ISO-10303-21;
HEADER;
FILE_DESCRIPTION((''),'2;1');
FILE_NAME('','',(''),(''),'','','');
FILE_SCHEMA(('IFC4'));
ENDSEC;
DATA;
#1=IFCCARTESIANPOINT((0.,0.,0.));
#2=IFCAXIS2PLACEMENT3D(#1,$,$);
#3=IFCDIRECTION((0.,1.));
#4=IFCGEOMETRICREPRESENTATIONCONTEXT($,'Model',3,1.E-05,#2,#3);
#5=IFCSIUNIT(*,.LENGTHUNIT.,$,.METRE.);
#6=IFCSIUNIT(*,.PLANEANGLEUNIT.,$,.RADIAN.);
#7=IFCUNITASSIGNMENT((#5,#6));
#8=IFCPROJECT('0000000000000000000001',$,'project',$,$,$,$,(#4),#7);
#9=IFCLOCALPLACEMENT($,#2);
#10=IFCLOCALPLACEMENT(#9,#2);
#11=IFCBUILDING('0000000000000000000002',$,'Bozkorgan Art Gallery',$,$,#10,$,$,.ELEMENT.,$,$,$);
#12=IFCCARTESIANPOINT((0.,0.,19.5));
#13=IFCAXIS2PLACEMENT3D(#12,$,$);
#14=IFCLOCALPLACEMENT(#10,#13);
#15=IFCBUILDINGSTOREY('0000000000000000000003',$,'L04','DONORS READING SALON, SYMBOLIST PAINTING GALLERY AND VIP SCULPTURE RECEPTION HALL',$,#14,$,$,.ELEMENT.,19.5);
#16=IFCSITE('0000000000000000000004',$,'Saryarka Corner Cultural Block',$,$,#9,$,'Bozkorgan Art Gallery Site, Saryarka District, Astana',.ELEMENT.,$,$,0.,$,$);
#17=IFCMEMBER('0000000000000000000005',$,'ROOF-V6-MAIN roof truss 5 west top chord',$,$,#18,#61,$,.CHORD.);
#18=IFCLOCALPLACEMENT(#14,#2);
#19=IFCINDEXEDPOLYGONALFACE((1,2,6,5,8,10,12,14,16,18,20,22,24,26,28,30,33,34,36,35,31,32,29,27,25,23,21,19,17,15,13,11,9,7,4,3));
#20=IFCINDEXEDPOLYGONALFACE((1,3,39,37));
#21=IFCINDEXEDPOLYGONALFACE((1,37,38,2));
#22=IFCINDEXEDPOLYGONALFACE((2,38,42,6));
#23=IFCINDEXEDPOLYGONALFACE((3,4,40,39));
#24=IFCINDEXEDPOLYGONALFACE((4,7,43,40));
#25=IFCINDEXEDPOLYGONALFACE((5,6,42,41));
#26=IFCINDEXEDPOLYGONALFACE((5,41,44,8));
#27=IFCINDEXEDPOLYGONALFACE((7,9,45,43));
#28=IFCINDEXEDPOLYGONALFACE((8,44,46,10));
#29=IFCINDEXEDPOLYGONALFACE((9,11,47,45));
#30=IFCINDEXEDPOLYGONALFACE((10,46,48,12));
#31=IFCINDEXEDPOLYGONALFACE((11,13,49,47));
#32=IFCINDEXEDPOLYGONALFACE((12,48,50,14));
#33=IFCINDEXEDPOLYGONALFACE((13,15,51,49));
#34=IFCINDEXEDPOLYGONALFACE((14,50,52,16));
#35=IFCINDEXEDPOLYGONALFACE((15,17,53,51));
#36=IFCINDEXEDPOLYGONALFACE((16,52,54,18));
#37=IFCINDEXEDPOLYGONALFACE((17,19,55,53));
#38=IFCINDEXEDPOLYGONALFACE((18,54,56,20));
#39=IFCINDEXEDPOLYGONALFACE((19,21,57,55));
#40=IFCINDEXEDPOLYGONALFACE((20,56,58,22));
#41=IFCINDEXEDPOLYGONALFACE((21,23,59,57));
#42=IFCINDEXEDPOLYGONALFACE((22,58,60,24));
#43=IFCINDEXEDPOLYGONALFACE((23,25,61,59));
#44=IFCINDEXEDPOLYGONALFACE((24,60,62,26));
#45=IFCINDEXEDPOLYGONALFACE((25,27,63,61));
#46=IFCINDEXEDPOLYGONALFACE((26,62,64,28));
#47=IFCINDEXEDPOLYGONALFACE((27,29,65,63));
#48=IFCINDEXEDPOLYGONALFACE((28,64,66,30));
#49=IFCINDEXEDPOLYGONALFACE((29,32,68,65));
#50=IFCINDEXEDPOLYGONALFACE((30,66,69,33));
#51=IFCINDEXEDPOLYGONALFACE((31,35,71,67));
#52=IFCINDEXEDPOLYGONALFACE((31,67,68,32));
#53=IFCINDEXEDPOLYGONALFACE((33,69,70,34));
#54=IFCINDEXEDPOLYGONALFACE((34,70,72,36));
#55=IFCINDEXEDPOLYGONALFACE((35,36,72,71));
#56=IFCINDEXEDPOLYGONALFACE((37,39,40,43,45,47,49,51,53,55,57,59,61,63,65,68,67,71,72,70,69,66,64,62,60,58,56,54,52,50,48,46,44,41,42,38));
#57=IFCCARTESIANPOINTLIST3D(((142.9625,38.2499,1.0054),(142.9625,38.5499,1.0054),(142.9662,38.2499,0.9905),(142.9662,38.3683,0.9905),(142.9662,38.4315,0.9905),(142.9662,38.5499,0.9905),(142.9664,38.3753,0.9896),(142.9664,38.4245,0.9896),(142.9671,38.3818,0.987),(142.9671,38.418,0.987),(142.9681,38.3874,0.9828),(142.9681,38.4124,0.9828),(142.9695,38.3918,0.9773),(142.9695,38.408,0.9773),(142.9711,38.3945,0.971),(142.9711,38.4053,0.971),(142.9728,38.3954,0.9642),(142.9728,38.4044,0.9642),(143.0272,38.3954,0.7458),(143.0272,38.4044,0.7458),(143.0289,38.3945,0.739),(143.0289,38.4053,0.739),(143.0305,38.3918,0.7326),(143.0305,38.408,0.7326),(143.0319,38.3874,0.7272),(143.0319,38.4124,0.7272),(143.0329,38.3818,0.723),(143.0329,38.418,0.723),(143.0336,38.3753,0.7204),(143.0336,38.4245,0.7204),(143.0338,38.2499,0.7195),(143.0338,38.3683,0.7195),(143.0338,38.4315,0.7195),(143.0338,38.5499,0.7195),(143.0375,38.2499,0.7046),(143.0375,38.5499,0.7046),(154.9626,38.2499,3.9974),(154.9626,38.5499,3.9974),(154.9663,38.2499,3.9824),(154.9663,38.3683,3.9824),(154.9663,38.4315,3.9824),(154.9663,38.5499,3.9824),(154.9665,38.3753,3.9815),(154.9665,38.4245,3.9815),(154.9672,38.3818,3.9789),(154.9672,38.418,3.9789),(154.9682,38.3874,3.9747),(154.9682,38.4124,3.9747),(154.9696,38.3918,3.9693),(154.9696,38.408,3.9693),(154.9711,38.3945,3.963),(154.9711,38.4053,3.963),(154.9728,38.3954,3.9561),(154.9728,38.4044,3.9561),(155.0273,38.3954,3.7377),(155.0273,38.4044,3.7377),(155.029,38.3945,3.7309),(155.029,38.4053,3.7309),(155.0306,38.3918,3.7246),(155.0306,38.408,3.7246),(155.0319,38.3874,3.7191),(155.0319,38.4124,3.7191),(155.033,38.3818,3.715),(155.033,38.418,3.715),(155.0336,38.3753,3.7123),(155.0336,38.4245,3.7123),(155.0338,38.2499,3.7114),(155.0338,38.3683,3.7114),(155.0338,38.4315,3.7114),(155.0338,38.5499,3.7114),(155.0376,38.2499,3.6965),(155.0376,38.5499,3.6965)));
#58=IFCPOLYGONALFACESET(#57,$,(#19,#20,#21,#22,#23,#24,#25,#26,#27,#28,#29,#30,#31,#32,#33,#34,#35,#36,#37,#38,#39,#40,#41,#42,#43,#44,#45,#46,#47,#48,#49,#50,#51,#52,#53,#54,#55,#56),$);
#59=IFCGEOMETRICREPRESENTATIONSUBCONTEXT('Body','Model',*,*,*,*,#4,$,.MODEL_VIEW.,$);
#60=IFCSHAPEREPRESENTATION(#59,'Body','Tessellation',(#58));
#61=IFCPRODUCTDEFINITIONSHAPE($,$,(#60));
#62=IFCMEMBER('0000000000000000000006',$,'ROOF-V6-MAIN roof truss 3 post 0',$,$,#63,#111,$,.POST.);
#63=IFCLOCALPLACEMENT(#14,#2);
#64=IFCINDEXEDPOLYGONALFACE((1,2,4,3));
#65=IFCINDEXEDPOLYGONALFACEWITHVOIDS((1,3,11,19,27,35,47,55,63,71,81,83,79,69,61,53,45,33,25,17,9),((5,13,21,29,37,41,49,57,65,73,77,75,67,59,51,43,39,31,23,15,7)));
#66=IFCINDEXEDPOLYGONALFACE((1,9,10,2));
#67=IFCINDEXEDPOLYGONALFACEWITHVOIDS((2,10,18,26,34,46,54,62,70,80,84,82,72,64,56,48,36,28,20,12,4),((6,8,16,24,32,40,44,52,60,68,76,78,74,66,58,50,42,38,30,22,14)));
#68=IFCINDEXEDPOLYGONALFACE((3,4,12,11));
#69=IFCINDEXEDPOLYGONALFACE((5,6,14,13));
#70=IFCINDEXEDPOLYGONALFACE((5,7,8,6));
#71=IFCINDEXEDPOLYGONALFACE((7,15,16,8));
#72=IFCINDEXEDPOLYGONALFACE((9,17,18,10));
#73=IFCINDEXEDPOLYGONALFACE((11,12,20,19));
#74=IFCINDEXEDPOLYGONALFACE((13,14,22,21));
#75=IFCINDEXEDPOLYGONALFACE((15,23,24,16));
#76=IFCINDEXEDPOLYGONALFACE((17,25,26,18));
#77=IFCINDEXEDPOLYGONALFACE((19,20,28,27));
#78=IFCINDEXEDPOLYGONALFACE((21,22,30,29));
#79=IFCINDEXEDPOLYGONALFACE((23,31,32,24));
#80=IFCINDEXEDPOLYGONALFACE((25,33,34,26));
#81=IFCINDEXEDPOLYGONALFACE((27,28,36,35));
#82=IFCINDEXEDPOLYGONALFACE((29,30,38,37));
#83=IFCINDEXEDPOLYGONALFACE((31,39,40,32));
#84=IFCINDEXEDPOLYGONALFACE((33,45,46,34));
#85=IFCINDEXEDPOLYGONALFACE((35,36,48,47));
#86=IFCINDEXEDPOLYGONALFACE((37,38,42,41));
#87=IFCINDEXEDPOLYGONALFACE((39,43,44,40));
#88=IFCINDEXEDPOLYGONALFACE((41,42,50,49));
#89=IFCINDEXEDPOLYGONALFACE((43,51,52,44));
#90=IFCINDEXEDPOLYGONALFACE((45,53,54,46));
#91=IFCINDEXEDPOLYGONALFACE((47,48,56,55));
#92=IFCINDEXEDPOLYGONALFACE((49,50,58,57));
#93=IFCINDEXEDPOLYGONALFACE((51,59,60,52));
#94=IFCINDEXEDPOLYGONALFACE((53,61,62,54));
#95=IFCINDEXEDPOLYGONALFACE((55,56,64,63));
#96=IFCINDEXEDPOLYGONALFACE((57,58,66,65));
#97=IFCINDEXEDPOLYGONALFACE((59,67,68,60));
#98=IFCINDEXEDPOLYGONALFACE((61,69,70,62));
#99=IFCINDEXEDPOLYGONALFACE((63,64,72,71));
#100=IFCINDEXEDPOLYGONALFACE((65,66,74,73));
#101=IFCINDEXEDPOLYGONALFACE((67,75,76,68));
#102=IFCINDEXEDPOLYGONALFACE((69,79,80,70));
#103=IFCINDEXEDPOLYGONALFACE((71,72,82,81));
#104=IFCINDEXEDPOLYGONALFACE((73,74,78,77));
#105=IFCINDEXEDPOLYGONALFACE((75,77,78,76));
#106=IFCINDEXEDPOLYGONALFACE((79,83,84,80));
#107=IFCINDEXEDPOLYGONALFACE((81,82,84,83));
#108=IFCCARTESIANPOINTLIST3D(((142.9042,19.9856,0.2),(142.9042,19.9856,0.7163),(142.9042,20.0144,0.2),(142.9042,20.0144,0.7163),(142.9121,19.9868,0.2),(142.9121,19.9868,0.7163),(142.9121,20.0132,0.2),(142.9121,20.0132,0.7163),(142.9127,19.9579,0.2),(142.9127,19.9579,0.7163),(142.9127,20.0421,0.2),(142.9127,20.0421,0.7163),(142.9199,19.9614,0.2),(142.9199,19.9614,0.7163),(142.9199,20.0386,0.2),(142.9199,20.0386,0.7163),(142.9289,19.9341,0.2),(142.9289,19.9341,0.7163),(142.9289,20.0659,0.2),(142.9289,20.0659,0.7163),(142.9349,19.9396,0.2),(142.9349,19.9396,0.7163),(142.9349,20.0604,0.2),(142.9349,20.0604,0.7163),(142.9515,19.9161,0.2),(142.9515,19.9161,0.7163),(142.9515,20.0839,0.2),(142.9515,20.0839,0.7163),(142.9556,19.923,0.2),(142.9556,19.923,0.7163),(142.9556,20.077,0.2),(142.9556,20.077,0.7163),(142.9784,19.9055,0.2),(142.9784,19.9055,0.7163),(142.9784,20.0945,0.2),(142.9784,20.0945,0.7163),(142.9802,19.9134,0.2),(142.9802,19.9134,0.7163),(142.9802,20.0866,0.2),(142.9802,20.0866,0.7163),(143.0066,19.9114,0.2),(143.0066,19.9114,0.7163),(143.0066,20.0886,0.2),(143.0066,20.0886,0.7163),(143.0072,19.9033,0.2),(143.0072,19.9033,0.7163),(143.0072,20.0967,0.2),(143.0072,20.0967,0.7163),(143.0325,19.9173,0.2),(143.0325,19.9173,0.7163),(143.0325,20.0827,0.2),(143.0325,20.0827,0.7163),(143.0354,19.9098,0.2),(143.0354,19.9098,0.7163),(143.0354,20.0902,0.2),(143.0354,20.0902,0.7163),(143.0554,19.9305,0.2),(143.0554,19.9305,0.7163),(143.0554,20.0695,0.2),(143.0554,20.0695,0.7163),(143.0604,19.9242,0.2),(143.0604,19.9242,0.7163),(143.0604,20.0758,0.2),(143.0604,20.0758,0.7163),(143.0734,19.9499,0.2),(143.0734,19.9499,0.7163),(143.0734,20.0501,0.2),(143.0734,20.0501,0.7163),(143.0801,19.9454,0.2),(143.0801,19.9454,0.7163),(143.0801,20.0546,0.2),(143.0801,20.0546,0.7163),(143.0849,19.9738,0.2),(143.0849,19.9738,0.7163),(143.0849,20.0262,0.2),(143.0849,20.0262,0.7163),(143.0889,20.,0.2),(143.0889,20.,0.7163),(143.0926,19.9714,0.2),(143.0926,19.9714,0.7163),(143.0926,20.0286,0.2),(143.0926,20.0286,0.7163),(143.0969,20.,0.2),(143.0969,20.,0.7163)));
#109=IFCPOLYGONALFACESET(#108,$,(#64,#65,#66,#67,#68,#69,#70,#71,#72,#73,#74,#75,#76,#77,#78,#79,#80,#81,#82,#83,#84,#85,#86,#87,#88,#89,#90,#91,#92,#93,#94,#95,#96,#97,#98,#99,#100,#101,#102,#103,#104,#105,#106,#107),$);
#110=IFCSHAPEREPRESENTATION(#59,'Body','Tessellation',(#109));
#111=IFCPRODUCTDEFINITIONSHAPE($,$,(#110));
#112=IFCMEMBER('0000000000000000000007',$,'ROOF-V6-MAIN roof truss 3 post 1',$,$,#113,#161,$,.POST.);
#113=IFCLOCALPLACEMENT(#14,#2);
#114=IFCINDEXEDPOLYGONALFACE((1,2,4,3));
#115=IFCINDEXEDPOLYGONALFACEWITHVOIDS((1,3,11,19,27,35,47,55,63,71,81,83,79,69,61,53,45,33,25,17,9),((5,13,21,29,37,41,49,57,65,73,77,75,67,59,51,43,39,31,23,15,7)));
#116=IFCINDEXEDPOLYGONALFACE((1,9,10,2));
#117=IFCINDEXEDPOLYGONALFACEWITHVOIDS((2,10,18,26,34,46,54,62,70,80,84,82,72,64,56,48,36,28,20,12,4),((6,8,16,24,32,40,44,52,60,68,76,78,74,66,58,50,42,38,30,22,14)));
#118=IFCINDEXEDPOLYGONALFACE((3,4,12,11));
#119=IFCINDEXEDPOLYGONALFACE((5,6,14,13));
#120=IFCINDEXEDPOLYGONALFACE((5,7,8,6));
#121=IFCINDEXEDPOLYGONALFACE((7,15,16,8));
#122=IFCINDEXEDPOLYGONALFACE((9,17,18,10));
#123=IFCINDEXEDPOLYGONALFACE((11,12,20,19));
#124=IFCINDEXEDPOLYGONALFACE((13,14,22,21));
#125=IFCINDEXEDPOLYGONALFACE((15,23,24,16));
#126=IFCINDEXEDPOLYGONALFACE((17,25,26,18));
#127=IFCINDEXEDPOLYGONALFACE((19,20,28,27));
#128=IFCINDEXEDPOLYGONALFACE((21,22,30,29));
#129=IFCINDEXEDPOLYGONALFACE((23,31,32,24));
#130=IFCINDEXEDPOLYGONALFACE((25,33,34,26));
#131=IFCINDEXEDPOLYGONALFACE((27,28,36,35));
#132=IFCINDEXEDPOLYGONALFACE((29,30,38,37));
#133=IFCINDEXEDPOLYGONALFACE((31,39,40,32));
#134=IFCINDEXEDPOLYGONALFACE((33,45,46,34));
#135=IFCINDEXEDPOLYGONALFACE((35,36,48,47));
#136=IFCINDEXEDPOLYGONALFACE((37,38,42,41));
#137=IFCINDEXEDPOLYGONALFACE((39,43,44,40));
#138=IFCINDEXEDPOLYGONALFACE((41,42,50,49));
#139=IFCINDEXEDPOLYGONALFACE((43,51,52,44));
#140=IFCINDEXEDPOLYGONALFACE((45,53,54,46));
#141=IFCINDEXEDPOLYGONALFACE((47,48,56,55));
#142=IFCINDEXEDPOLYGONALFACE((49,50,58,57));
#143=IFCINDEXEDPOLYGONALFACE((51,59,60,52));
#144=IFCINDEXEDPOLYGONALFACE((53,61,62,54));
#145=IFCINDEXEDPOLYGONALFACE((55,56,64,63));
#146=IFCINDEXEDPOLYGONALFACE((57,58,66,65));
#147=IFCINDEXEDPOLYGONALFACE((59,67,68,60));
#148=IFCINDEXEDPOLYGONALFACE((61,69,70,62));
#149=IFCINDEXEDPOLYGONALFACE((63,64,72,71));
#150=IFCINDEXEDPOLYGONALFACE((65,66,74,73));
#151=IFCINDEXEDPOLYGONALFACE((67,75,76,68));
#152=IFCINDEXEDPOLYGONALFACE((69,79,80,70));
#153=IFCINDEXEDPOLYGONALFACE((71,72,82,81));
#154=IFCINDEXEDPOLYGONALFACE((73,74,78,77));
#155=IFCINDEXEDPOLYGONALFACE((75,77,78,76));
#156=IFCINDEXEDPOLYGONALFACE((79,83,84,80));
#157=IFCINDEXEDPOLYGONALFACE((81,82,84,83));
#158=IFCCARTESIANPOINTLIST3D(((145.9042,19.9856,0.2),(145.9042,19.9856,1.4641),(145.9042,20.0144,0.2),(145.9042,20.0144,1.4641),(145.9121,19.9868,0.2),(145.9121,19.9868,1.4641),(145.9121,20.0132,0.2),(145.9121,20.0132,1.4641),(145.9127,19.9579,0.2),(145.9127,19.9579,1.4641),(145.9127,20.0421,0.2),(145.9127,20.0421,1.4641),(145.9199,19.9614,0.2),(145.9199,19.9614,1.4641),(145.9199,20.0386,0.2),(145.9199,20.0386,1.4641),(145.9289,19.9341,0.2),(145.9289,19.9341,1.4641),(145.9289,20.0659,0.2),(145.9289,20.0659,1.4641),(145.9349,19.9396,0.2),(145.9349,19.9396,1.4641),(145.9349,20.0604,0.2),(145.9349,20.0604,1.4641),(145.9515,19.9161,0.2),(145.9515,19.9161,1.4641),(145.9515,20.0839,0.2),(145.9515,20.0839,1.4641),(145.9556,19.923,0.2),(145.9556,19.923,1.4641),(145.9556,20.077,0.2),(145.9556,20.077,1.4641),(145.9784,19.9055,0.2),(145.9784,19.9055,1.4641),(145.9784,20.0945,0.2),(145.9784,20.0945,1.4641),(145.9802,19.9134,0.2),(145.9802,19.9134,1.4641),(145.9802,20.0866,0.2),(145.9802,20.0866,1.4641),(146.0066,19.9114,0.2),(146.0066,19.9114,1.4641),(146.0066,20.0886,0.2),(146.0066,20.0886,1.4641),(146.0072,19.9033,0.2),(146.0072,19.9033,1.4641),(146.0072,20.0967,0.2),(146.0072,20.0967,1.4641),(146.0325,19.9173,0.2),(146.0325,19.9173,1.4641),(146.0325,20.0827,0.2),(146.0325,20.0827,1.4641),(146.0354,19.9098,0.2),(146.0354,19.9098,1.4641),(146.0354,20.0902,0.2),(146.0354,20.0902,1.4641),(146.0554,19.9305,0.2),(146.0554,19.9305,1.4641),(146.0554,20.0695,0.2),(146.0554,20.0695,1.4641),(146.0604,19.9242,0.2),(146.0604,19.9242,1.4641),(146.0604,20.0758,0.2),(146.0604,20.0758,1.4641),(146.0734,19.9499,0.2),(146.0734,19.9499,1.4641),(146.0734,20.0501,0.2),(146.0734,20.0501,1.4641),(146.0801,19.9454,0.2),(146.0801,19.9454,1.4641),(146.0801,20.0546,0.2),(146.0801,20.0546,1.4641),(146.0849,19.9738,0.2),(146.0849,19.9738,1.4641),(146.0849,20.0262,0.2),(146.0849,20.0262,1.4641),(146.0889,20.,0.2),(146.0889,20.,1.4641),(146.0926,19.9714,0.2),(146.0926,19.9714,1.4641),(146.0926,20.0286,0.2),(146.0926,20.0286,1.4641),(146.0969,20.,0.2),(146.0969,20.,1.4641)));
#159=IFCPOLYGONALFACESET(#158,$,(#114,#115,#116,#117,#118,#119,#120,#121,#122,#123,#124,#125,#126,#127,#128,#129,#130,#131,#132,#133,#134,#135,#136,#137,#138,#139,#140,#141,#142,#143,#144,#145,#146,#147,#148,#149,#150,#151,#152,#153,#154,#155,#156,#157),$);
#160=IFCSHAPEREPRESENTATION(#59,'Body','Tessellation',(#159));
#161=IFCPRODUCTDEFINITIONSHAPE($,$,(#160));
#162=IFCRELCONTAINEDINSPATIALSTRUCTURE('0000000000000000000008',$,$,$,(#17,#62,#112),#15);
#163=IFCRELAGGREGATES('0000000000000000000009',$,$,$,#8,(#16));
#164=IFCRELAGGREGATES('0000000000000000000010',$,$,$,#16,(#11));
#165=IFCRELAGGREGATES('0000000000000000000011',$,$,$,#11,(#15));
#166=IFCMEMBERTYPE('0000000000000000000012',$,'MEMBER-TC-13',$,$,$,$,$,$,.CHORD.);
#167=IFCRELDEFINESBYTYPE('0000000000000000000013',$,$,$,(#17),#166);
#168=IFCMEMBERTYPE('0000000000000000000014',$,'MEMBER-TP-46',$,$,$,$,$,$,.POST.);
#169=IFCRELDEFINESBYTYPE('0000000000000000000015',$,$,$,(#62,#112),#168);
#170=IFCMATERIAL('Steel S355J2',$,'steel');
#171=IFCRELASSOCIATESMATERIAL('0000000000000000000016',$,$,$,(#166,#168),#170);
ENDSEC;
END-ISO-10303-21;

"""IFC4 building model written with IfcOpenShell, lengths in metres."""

from ifc_helpers import new_model, si_unit, direction, frame, origin, origin_2d, place, context, subcontext, project, spatial, hollow_circle, i_section, extrude, material, material_profile, profile_set, type_object, element, save


model = new_model("IFC4")

# Units and contexts
model_context = context("Model", 3, precision=1e-05, world=origin(), true_north=direction((0.0, 1.0)))
body_context = subcontext(model_context, "Body", "Model", "MODEL_VIEW")
ifc_project = project(units=[si_unit("LENGTHUNIT", "METRE"), si_unit("PLANEANGLEUNIT", "RADIAN")], contexts=[model_context])

# Site, building, storey
site_placement = place(None, origin())
site = spatial("IfcSite", under=ifc_project, at=site_placement, Name="Saryarka Corner Cultural Block", LongName="Bozkorgan Art Gallery Site, Saryarka District, Astana", CompositionType="ELEMENT", RefElevation=0.0)
building_placement = place(site_placement, origin())
building = spatial("IfcBuilding", under=site, at=building_placement, Name="Bozkorgan Art Gallery", CompositionType="ELEMENT")
storey_placement = place(building_placement, frame((0.0, 0.0, 19.5)))
storey = spatial("IfcBuildingStorey", under=building, at=storey_placement, Name="L04", Description="DONORS READING SALON, SYMBOLIST PAINTING GALLERY AND VIP SCULPTURE RECEPTION HALL", CompositionType="ELEMENT", Elevation=19.5)

# Shared definitions
ifc_material_1 = material(Name="Steel S355J2", Category="steel")

# Members
ifc_material_profile_1 = material_profile(ifc_material_1, i_section(OverallWidth=0.3, OverallDepth=0.3101, WebThickness=0.009, FlangeThickness=0.0154, FilletRadius=0.0271, at=origin_2d()), Name="HEA 320")
ifc_profile_set_1 = profile_set([ifc_material_profile_1], Name="Steel S355J2")
member_type_1 = type_object("IfcMemberType", Name="MEMBER-TC-13", PredefinedType="CHORD", material=ifc_profile_set_1)
member_1_placement = place(storey_placement, frame((143.0, 38.3999, 0.855), z_axis=(0.970296, 0.0, 0.241922), x_axis=(0.0, 1.0, 0.0)))
element("IfcMember", 1, at=member_1_placement, inside=storey, type_object=member_type_1, Name="ROOF-V6-MAIN roof truss 5 west top chord", PredefinedType="CHORD", context=body_context, shape_type="SweptSolid", body=[
    extrude(i_section(OverallWidth=0.3, OverallDepth=0.3101, WebThickness=0.009, FlangeThickness=0.0154, FilletRadius=0.0271, at=origin_2d()), origin(), (0.0, 0.0, 1.0), 12.3674),
])
ifc_material_profile_2 = material_profile(ifc_material_1, hollow_circle(Radius=0.0969, WallThickness=0.0081, at=origin_2d()), Name="CHS 193.7x8")
ifc_profile_set_2 = profile_set([ifc_material_profile_2], Name="Steel S355J2")
member_type_2 = type_object("IfcMemberType", Name="MEMBER-TP-46", PredefinedType="POST", material=ifc_profile_set_2)
member_2_placement = place(storey_placement, frame((143.0, 20.0, 0.2), z_axis=(0.0, 0.0, 1.0), x_axis=(1.0, 0.0, 0.0)))
element("IfcMember", 2, at=member_2_placement, inside=storey, type_object=member_type_2, Name="ROOF-V6-MAIN roof truss 3 post 0", PredefinedType="POST", context=body_context, shape_type="SweptSolid", body=[
    extrude(hollow_circle(Radius=0.0969, WallThickness=0.0081, at=origin_2d()), origin(), (0.0, 0.0, 1.0), 0.5164),
])
member_3_placement = place(storey_placement, frame((146.0, 20.0, 0.2), z_axis=(0.0, 0.0, 1.0), x_axis=(1.0, 0.0, 0.0)))
element("IfcMember", 3, at=member_3_placement, inside=storey, type_object=member_type_2, Name="ROOF-V6-MAIN roof truss 3 post 1", PredefinedType="POST", context=body_context, shape_type="SweptSolid", body=[
    extrude(hollow_circle(Radius=0.0969, WallThickness=0.0081, at=origin_2d()), origin(), (0.0, 0.0, 1.0), 1.2642),
])

save(model, "model.ifc")
